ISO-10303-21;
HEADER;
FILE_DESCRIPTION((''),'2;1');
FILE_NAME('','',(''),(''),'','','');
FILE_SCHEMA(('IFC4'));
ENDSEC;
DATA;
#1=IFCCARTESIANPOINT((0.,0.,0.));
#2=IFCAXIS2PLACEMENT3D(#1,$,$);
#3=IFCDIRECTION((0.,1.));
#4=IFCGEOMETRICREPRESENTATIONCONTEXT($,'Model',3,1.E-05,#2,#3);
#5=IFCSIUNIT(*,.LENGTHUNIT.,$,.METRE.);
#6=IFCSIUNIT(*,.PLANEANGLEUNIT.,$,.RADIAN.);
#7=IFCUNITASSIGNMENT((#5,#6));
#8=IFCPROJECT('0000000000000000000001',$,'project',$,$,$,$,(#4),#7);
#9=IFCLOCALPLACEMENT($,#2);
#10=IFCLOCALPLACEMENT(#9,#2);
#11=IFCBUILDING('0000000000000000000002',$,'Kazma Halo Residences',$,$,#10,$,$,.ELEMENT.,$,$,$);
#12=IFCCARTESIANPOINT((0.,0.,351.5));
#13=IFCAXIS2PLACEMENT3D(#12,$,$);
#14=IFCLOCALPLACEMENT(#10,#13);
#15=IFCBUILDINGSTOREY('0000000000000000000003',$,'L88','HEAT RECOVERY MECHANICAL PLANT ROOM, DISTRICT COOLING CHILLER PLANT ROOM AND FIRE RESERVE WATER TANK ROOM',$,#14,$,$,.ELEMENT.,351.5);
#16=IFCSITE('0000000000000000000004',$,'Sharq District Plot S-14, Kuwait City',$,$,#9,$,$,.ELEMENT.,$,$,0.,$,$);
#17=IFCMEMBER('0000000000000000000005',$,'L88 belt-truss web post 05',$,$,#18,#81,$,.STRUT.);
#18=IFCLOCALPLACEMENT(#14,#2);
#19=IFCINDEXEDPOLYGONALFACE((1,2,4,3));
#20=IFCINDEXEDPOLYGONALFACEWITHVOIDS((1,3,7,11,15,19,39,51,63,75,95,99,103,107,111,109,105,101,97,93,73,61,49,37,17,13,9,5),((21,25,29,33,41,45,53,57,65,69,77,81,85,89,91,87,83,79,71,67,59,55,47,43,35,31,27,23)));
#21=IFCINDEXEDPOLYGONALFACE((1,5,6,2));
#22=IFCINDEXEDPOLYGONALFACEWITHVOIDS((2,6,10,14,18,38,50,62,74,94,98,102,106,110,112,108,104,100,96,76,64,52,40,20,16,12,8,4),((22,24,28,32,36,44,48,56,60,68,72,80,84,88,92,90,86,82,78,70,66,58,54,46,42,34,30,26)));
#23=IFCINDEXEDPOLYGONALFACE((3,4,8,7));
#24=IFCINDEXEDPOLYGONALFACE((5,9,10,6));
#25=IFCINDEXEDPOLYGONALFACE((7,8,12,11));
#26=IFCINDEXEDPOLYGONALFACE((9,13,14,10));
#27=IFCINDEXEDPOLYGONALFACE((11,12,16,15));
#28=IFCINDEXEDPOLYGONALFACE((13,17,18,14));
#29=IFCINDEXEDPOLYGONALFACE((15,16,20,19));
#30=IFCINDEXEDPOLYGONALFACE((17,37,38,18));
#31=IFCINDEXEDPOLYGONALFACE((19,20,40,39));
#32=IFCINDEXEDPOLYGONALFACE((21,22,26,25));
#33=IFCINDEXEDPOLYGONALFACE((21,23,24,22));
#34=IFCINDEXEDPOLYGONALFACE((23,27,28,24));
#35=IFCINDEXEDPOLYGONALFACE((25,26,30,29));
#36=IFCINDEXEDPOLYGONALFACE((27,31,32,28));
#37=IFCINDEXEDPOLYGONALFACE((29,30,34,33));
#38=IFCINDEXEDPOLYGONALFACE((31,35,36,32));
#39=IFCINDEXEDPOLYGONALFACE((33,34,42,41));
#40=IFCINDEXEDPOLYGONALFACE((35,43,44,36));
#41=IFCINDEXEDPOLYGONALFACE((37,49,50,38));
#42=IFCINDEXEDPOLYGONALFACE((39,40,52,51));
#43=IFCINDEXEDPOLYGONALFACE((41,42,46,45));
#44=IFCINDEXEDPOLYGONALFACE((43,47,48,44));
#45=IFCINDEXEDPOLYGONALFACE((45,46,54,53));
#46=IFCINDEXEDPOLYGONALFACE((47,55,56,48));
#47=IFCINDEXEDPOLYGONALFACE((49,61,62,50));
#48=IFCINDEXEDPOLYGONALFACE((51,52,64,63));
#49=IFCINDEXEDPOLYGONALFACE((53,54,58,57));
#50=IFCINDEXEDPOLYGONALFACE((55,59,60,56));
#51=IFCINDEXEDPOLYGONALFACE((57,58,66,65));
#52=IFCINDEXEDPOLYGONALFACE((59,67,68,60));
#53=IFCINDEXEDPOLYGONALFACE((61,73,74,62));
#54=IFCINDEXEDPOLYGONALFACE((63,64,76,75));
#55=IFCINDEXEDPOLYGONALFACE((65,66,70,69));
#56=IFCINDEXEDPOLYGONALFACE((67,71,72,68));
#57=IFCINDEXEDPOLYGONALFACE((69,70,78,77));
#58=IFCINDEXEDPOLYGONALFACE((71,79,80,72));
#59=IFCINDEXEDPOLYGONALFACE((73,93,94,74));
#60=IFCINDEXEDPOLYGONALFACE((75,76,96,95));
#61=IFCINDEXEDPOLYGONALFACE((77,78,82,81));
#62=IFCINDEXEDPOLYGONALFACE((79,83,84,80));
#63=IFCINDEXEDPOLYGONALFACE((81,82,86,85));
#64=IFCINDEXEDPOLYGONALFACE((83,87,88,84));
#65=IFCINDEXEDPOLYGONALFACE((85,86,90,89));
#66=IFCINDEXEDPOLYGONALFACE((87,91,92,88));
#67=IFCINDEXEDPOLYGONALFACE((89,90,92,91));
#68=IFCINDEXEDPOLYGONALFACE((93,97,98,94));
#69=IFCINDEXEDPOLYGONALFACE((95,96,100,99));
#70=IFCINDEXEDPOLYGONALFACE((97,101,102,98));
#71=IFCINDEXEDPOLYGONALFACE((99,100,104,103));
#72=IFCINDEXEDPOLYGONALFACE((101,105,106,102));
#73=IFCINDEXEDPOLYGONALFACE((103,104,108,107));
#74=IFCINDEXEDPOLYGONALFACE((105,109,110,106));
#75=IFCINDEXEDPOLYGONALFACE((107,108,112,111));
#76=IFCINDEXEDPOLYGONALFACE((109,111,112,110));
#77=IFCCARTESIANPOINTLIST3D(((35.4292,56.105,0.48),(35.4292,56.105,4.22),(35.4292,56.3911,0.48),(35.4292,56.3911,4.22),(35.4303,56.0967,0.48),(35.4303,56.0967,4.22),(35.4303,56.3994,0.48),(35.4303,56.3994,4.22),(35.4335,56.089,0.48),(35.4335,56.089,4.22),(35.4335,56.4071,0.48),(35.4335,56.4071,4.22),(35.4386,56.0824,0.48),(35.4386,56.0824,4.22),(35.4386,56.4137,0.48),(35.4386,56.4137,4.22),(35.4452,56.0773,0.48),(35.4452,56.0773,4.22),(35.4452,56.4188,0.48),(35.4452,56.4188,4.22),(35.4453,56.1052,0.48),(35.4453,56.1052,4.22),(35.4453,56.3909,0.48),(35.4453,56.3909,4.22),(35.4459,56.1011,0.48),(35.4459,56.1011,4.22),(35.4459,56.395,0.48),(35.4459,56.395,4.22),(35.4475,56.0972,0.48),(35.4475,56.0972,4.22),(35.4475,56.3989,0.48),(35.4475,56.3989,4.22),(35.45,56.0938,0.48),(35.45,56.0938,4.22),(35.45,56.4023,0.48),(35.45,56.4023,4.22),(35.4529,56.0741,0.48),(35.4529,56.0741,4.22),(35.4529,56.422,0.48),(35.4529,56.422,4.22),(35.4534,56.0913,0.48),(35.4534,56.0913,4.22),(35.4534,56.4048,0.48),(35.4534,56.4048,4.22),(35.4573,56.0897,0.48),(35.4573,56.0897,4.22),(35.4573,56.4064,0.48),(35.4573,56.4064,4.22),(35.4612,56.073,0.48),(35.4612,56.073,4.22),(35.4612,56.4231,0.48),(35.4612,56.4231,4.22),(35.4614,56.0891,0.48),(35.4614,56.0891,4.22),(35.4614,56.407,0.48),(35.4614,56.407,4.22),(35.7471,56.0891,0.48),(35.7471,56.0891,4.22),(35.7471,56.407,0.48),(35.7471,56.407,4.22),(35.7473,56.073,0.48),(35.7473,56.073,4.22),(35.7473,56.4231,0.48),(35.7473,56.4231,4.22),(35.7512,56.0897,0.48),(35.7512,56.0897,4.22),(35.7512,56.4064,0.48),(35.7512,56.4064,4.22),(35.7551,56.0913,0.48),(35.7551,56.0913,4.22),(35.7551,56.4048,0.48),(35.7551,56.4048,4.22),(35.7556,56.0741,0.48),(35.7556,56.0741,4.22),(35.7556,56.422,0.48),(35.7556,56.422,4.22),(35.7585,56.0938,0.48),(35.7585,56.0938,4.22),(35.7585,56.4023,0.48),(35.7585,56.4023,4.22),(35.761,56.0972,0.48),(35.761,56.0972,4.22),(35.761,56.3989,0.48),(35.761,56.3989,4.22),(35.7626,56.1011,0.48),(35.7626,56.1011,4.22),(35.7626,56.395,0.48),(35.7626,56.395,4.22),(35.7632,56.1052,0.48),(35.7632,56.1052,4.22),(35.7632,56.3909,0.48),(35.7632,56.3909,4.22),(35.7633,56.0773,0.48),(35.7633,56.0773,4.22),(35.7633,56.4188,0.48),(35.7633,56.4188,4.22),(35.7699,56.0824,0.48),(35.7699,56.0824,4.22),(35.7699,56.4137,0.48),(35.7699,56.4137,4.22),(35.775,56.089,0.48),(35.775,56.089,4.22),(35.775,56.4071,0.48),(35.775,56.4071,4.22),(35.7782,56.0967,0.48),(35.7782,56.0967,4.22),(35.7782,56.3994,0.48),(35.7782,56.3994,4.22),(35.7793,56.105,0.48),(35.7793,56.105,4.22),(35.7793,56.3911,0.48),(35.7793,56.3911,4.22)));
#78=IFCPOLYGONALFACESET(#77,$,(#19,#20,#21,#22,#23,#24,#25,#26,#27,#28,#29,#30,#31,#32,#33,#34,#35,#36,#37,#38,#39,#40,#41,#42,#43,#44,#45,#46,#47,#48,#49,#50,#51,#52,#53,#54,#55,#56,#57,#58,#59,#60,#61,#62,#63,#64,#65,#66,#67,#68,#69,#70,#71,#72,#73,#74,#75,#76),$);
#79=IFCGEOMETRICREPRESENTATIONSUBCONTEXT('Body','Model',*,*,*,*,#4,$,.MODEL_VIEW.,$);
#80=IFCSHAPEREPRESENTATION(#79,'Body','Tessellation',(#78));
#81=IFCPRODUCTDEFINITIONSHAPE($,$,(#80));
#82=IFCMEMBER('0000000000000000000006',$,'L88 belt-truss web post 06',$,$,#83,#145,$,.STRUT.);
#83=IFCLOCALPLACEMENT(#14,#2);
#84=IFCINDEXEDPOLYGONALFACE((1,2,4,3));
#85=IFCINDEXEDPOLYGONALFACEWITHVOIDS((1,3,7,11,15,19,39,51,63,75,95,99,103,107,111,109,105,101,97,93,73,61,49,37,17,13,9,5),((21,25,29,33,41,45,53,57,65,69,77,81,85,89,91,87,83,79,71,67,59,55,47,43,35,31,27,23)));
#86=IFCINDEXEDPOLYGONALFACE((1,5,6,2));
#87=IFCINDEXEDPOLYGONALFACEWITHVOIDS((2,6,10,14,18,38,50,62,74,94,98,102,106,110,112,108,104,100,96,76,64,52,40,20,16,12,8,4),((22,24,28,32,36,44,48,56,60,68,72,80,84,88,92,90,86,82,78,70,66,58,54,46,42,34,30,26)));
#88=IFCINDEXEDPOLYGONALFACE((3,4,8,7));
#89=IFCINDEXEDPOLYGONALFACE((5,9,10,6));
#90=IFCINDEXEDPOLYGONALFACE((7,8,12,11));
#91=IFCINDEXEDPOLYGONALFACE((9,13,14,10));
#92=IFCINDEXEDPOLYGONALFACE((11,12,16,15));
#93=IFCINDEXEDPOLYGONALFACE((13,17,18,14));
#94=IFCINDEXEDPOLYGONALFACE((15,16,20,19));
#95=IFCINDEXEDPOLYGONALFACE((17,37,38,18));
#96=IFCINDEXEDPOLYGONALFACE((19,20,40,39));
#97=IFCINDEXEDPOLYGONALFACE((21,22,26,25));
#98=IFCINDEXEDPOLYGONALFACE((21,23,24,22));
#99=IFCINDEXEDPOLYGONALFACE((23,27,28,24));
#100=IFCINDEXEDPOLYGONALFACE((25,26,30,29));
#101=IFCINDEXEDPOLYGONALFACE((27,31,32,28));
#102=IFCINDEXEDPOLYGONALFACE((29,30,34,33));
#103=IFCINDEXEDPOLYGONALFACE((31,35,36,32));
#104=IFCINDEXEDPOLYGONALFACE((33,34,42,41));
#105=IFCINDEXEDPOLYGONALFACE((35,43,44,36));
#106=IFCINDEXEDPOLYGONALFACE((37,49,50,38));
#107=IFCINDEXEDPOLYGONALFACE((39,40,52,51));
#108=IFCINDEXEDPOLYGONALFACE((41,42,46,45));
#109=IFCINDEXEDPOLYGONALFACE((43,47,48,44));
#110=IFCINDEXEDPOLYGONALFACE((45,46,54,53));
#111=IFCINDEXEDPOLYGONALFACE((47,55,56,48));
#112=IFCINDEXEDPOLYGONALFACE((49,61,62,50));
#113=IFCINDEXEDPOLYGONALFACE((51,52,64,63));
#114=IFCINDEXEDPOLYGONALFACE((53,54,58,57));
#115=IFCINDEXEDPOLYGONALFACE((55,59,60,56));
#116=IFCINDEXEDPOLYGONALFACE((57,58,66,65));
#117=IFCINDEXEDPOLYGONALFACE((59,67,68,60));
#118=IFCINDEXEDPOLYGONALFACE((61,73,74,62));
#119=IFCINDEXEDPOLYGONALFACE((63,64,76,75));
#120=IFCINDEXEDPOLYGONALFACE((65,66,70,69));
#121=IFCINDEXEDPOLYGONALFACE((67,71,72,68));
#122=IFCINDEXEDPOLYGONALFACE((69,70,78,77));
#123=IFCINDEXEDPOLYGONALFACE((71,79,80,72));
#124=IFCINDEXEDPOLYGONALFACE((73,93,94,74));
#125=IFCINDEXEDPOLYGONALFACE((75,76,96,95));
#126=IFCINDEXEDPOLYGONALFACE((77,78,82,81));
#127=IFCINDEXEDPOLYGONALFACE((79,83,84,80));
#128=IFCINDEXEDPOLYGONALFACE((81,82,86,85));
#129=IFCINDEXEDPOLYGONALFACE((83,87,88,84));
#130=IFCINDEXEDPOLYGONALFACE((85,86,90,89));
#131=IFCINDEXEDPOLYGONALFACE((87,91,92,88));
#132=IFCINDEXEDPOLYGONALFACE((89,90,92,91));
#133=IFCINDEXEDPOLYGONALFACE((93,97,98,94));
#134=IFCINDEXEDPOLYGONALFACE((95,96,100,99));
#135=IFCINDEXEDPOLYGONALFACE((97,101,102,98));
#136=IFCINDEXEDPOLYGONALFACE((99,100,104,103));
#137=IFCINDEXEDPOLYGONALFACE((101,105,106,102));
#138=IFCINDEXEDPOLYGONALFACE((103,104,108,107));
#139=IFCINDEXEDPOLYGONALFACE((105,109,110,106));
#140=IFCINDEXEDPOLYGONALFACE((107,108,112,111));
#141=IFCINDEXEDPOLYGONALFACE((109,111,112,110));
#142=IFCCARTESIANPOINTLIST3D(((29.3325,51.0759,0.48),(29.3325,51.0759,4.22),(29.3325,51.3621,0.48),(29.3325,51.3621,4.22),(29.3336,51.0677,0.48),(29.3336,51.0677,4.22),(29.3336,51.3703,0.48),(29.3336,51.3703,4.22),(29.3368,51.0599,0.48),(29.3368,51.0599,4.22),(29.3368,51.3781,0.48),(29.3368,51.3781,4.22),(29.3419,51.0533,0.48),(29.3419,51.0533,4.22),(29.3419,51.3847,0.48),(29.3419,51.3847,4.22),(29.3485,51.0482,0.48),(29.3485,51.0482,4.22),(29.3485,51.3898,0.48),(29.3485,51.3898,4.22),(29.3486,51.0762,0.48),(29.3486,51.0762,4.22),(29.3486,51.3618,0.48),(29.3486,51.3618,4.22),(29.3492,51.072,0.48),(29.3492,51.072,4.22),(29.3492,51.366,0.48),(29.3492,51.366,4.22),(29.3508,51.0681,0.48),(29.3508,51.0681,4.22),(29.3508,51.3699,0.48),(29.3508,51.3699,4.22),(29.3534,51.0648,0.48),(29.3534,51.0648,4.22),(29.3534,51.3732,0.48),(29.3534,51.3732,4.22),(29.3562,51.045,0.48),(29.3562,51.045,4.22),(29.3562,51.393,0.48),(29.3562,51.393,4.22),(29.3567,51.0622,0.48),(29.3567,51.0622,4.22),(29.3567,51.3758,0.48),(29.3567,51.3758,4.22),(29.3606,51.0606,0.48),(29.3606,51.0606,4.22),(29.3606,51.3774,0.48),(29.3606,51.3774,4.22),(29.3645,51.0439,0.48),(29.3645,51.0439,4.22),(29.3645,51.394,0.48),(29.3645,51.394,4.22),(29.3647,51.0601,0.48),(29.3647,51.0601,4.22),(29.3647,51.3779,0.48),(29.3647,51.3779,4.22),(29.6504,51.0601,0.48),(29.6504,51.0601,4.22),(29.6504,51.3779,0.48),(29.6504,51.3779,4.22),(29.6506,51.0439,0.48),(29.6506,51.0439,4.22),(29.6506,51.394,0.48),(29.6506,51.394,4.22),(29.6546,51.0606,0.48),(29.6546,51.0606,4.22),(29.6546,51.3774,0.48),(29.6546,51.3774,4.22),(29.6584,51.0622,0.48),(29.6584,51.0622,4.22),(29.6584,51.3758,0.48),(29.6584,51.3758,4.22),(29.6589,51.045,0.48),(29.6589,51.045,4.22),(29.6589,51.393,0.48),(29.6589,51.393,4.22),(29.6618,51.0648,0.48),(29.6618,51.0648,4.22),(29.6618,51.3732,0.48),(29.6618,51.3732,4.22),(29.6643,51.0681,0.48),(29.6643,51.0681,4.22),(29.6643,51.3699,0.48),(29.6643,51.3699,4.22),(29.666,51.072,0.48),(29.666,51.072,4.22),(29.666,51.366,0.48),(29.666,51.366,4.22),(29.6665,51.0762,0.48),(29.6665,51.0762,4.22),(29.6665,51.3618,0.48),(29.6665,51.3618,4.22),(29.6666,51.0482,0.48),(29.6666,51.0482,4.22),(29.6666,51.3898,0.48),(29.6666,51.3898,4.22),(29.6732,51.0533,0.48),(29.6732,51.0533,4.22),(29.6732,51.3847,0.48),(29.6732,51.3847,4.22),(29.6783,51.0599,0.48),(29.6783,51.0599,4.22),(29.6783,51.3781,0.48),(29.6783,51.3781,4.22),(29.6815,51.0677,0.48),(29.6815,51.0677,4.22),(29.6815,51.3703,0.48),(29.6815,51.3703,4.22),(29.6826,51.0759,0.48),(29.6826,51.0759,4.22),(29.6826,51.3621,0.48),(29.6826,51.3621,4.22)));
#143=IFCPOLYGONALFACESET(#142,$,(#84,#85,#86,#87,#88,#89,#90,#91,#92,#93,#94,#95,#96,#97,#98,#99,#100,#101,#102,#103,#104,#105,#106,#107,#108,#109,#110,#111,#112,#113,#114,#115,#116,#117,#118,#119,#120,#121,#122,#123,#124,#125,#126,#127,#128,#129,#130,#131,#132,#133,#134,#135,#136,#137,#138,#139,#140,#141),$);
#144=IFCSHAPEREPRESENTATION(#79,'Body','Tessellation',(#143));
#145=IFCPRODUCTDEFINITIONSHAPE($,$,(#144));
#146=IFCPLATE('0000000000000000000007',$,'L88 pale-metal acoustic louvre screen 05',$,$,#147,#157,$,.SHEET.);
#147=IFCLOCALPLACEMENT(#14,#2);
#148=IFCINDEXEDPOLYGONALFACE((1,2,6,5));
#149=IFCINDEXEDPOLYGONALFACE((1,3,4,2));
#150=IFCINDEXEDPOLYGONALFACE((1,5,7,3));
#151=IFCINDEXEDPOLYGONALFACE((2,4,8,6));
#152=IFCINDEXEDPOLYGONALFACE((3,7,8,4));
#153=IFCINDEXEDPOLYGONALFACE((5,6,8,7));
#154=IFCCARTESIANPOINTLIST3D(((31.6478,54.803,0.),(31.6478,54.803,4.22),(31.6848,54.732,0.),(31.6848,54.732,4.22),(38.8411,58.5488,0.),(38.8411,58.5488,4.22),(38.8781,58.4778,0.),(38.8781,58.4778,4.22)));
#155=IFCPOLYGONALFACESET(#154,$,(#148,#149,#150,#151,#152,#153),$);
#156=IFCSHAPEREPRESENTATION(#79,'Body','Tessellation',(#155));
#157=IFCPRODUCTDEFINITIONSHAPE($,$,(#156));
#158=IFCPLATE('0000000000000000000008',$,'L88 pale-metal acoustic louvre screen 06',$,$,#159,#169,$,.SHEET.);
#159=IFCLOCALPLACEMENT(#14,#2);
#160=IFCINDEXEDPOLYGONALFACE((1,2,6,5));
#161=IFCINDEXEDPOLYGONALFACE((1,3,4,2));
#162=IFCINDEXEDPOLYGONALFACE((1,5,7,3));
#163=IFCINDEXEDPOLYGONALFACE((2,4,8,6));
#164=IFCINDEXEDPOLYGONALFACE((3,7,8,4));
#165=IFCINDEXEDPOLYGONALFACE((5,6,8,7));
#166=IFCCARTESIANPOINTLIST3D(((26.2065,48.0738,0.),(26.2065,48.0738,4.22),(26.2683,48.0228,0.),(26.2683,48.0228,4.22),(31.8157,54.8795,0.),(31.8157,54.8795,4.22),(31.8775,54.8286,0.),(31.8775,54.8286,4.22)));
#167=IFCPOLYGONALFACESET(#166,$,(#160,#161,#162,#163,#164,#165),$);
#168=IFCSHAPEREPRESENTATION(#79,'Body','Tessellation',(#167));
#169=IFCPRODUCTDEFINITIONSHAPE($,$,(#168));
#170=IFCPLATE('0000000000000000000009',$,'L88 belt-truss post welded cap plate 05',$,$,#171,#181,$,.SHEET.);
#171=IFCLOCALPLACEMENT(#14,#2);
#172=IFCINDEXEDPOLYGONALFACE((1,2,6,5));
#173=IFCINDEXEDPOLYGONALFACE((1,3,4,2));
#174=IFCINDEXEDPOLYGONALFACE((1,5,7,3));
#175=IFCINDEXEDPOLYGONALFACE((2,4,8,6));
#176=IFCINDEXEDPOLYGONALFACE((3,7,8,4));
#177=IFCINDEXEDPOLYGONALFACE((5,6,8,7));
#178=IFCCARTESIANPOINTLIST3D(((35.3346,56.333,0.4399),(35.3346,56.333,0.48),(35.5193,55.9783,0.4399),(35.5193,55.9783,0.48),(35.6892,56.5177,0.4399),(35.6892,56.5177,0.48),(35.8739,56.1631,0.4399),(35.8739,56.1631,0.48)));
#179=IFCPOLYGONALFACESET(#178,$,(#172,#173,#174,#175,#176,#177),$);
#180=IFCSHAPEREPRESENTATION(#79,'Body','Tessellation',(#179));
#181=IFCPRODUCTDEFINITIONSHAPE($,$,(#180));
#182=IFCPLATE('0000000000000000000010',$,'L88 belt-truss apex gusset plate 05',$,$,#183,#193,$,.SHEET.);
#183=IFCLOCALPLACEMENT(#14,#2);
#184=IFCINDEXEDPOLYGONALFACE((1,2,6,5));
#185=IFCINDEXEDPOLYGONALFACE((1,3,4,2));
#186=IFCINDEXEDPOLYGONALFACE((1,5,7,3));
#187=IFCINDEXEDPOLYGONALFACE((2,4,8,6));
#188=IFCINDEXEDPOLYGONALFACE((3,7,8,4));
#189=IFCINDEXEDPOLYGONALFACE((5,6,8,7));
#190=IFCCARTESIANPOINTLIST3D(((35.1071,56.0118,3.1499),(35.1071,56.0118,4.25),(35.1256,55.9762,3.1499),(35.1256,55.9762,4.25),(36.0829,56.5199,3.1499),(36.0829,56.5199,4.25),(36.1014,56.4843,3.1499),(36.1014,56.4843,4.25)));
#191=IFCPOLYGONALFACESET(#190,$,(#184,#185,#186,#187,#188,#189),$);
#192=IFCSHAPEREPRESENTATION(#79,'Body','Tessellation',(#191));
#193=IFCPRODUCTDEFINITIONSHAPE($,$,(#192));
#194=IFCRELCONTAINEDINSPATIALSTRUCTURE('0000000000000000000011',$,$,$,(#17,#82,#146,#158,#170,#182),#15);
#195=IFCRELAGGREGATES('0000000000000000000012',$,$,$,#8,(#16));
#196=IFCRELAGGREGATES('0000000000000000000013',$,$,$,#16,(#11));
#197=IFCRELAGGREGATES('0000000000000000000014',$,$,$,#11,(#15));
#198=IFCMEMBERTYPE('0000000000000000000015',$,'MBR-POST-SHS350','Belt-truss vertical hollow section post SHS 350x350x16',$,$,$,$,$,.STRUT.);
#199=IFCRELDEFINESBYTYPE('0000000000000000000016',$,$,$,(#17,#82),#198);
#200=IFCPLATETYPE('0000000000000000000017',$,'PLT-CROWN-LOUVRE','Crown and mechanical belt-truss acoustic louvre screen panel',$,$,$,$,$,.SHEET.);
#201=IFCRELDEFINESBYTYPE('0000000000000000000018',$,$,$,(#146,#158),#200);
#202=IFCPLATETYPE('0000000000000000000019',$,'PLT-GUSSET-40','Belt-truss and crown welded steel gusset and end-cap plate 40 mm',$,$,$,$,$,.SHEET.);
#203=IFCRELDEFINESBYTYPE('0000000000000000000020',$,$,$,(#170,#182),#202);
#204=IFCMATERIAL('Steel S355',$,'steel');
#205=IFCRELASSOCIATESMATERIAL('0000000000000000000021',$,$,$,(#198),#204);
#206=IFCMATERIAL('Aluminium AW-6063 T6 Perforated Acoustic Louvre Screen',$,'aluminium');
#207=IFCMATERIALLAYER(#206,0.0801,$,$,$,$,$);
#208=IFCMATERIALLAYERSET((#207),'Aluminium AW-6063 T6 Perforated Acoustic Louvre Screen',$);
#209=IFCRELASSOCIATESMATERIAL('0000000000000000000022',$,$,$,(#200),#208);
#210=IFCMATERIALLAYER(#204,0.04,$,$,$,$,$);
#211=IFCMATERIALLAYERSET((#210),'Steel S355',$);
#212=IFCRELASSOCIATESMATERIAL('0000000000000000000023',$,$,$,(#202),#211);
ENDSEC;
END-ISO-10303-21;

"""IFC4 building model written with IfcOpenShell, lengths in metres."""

from ifc_helpers import new_model, si_unit, direction, frame, origin, origin_2d, place, context, subcontext, project, spatial, rectangle, hollow_rectangle, extrude, material, layer, layer_set, material_profile, profile_set, type_object, element, save


model = new_model("IFC4")

# Units and contexts
model_context = context("Model", 3, precision=1e-05, world=origin(), true_north=direction((0.0, 1.0)))
body_context = subcontext(model_context, "Body", "Model", "MODEL_VIEW")
ifc_project = project(units=[si_unit("LENGTHUNIT", "METRE"), si_unit("PLANEANGLEUNIT", "RADIAN")], contexts=[model_context])

# Site, building, storey
site_placement = place(None, origin())
site = spatial("IfcSite", under=ifc_project, at=site_placement, Name="Sharq District Plot S-14, Kuwait City", CompositionType="ELEMENT", RefElevation=0.0)
building_placement = place(site_placement, origin())
building = spatial("IfcBuilding", under=site, at=building_placement, Name="Kazma Halo Residences", CompositionType="ELEMENT")
storey_placement = place(building_placement, frame((0.0, 0.0, 351.5)))
storey = spatial("IfcBuildingStorey", under=building, at=storey_placement, Name="L88", Description="HEAT RECOVERY MECHANICAL PLANT ROOM, DISTRICT COOLING CHILLER PLANT ROOM AND FIRE RESERVE WATER TANK ROOM", CompositionType="ELEMENT", Elevation=351.5)

# Shared definitions
ifc_material_1 = material(Name="Steel S355", Category="steel")

# Members
ifc_material_profile_1 = material_profile(ifc_material_1, hollow_rectangle(XDim=0.3501, YDim=0.3501, WallThickness=0.0161, InnerFilletRadius=0.0161, OuterFilletRadius=0.032, at=origin_2d()), Name="SHS350x350x16")
ifc_profile_set_1 = profile_set([ifc_material_profile_1], Name="Steel S355")
member_type_1 = type_object("IfcMemberType", Name="MBR-POST-SHS350", Description="Belt-truss vertical hollow section post SHS 350x350x16", PredefinedType="STRUT", material=ifc_profile_set_1)
for number, where, z_axis, x_axis, name in (
    (1, (35.6042, 56.248, 0.48), (0.0, 0.0, 1.0), (1.0, 0.0, 0.0), "L88 belt-truss web post 05"),
    (2, (29.5076, 51.219, 0.48), (0.0, 0.0, 1.0), (1.0, 0.0, 0.0), "L88 belt-truss web post 06"),
):
    element("IfcMember", number, at=place(storey_placement, frame(where, z_axis=z_axis, x_axis=x_axis)), inside=storey, type_object=member_type_1, Name=name, PredefinedType="STRUT", context=body_context, shape_type="SweptSolid", body=[
        extrude(hollow_rectangle(XDim=0.3501, YDim=0.3501, WallThickness=0.0161, InnerFilletRadius=0.0161, OuterFilletRadius=0.032, at=origin_2d()), origin(), (0.0, 0.0, 1.0), 3.74),
    ])

# Plates
ifc_material_2 = material(Name="Aluminium AW-6063 T6 Perforated Acoustic Louvre Screen", Category="aluminium")
ifc_layer_1 = layer(ifc_material_2, 0.0801)
ifc_layer_set_1 = layer_set([ifc_layer_1], Name="Aluminium AW-6063 T6 Perforated Acoustic Louvre Screen")
plate_type_1 = type_object("IfcPlateType", Name="PLT-CROWN-LOUVRE", Description="Crown and mechanical belt-truss acoustic louvre screen panel", PredefinedType="SHEET", material=ifc_layer_set_1)
plate_1_placement = place(storey_placement, frame((35.2629, 56.6404, 0.0), z_axis=(0.0, 0.0, 1.0), x_axis=(-0.88695, -0.461866, 0.0)))
element("IfcPlate", 3, at=plate_1_placement, inside=storey, type_object=plate_type_1, Name="L88 pale-metal acoustic louvre screen 05", PredefinedType="SHEET", context=body_context, shape_type="SweptSolid", body=[
    extrude(rectangle(XDim=8.1101, YDim=0.0801, at=origin_2d()), origin(), (0.0, 0.0, 1.0), 4.22),
])
plate_2_placement = place(storey_placement, frame((29.042, 51.4512, 0.0), z_axis=(0.0, 0.0, 1.0), x_axis=(-0.636008, -0.771683, 0.0)))
element("IfcPlate", 4, at=plate_2_placement, inside=storey, type_object=plate_type_1, Name="L88 pale-metal acoustic louvre screen 06", PredefinedType="SHEET", context=body_context, shape_type="SweptSolid", body=[
    extrude(rectangle(XDim=8.8193, YDim=0.0801, at=origin_2d()), origin(), (0.0, 0.0, 1.0), 4.22),
])
ifc_layer_2 = layer(ifc_material_1, 0.04)
ifc_layer_set_2 = layer_set([ifc_layer_2], Name="Steel S355")
plate_type_2 = type_object("IfcPlateType", Name="PLT-GUSSET-40", Description="Belt-truss and crown welded steel gusset and end-cap plate 40 mm", PredefinedType="SHEET", material=ifc_layer_set_2)
plate_3_placement = place(storey_placement, frame((35.6042, 56.248, 0.4399), z_axis=(0.0, 0.0, 1.0), x_axis=(-0.88695, -0.461866, 0.0)))
element("IfcPlate", 5, at=plate_3_placement, inside=storey, type_object=plate_type_2, Name="L88 belt-truss post welded cap plate 05", PredefinedType="SHEET", context=body_context, shape_type="SweptSolid", body=[
    extrude(rectangle(XDim=0.3999, YDim=0.3999, at=origin_2d()), origin(), (0.0, 0.0, 1.0), 0.04),
])
plate_4_placement = place(storey_placement, frame((35.6042, 56.248, 3.1499), z_axis=(0.0, 0.0, 1.0), x_axis=(-0.88695, -0.461866, 0.0)))
element("IfcPlate", 6, at=plate_4_placement, inside=storey, type_object=plate_type_2, Name="L88 belt-truss apex gusset plate 05", PredefinedType="SHEET", context=body_context, shape_type="SweptSolid", body=[
    extrude(rectangle(XDim=1.1001, YDim=0.04, at=origin_2d()), origin(), (0.0, 0.0, 1.0), 1.1001),
])

save(model, "model.ifc")
